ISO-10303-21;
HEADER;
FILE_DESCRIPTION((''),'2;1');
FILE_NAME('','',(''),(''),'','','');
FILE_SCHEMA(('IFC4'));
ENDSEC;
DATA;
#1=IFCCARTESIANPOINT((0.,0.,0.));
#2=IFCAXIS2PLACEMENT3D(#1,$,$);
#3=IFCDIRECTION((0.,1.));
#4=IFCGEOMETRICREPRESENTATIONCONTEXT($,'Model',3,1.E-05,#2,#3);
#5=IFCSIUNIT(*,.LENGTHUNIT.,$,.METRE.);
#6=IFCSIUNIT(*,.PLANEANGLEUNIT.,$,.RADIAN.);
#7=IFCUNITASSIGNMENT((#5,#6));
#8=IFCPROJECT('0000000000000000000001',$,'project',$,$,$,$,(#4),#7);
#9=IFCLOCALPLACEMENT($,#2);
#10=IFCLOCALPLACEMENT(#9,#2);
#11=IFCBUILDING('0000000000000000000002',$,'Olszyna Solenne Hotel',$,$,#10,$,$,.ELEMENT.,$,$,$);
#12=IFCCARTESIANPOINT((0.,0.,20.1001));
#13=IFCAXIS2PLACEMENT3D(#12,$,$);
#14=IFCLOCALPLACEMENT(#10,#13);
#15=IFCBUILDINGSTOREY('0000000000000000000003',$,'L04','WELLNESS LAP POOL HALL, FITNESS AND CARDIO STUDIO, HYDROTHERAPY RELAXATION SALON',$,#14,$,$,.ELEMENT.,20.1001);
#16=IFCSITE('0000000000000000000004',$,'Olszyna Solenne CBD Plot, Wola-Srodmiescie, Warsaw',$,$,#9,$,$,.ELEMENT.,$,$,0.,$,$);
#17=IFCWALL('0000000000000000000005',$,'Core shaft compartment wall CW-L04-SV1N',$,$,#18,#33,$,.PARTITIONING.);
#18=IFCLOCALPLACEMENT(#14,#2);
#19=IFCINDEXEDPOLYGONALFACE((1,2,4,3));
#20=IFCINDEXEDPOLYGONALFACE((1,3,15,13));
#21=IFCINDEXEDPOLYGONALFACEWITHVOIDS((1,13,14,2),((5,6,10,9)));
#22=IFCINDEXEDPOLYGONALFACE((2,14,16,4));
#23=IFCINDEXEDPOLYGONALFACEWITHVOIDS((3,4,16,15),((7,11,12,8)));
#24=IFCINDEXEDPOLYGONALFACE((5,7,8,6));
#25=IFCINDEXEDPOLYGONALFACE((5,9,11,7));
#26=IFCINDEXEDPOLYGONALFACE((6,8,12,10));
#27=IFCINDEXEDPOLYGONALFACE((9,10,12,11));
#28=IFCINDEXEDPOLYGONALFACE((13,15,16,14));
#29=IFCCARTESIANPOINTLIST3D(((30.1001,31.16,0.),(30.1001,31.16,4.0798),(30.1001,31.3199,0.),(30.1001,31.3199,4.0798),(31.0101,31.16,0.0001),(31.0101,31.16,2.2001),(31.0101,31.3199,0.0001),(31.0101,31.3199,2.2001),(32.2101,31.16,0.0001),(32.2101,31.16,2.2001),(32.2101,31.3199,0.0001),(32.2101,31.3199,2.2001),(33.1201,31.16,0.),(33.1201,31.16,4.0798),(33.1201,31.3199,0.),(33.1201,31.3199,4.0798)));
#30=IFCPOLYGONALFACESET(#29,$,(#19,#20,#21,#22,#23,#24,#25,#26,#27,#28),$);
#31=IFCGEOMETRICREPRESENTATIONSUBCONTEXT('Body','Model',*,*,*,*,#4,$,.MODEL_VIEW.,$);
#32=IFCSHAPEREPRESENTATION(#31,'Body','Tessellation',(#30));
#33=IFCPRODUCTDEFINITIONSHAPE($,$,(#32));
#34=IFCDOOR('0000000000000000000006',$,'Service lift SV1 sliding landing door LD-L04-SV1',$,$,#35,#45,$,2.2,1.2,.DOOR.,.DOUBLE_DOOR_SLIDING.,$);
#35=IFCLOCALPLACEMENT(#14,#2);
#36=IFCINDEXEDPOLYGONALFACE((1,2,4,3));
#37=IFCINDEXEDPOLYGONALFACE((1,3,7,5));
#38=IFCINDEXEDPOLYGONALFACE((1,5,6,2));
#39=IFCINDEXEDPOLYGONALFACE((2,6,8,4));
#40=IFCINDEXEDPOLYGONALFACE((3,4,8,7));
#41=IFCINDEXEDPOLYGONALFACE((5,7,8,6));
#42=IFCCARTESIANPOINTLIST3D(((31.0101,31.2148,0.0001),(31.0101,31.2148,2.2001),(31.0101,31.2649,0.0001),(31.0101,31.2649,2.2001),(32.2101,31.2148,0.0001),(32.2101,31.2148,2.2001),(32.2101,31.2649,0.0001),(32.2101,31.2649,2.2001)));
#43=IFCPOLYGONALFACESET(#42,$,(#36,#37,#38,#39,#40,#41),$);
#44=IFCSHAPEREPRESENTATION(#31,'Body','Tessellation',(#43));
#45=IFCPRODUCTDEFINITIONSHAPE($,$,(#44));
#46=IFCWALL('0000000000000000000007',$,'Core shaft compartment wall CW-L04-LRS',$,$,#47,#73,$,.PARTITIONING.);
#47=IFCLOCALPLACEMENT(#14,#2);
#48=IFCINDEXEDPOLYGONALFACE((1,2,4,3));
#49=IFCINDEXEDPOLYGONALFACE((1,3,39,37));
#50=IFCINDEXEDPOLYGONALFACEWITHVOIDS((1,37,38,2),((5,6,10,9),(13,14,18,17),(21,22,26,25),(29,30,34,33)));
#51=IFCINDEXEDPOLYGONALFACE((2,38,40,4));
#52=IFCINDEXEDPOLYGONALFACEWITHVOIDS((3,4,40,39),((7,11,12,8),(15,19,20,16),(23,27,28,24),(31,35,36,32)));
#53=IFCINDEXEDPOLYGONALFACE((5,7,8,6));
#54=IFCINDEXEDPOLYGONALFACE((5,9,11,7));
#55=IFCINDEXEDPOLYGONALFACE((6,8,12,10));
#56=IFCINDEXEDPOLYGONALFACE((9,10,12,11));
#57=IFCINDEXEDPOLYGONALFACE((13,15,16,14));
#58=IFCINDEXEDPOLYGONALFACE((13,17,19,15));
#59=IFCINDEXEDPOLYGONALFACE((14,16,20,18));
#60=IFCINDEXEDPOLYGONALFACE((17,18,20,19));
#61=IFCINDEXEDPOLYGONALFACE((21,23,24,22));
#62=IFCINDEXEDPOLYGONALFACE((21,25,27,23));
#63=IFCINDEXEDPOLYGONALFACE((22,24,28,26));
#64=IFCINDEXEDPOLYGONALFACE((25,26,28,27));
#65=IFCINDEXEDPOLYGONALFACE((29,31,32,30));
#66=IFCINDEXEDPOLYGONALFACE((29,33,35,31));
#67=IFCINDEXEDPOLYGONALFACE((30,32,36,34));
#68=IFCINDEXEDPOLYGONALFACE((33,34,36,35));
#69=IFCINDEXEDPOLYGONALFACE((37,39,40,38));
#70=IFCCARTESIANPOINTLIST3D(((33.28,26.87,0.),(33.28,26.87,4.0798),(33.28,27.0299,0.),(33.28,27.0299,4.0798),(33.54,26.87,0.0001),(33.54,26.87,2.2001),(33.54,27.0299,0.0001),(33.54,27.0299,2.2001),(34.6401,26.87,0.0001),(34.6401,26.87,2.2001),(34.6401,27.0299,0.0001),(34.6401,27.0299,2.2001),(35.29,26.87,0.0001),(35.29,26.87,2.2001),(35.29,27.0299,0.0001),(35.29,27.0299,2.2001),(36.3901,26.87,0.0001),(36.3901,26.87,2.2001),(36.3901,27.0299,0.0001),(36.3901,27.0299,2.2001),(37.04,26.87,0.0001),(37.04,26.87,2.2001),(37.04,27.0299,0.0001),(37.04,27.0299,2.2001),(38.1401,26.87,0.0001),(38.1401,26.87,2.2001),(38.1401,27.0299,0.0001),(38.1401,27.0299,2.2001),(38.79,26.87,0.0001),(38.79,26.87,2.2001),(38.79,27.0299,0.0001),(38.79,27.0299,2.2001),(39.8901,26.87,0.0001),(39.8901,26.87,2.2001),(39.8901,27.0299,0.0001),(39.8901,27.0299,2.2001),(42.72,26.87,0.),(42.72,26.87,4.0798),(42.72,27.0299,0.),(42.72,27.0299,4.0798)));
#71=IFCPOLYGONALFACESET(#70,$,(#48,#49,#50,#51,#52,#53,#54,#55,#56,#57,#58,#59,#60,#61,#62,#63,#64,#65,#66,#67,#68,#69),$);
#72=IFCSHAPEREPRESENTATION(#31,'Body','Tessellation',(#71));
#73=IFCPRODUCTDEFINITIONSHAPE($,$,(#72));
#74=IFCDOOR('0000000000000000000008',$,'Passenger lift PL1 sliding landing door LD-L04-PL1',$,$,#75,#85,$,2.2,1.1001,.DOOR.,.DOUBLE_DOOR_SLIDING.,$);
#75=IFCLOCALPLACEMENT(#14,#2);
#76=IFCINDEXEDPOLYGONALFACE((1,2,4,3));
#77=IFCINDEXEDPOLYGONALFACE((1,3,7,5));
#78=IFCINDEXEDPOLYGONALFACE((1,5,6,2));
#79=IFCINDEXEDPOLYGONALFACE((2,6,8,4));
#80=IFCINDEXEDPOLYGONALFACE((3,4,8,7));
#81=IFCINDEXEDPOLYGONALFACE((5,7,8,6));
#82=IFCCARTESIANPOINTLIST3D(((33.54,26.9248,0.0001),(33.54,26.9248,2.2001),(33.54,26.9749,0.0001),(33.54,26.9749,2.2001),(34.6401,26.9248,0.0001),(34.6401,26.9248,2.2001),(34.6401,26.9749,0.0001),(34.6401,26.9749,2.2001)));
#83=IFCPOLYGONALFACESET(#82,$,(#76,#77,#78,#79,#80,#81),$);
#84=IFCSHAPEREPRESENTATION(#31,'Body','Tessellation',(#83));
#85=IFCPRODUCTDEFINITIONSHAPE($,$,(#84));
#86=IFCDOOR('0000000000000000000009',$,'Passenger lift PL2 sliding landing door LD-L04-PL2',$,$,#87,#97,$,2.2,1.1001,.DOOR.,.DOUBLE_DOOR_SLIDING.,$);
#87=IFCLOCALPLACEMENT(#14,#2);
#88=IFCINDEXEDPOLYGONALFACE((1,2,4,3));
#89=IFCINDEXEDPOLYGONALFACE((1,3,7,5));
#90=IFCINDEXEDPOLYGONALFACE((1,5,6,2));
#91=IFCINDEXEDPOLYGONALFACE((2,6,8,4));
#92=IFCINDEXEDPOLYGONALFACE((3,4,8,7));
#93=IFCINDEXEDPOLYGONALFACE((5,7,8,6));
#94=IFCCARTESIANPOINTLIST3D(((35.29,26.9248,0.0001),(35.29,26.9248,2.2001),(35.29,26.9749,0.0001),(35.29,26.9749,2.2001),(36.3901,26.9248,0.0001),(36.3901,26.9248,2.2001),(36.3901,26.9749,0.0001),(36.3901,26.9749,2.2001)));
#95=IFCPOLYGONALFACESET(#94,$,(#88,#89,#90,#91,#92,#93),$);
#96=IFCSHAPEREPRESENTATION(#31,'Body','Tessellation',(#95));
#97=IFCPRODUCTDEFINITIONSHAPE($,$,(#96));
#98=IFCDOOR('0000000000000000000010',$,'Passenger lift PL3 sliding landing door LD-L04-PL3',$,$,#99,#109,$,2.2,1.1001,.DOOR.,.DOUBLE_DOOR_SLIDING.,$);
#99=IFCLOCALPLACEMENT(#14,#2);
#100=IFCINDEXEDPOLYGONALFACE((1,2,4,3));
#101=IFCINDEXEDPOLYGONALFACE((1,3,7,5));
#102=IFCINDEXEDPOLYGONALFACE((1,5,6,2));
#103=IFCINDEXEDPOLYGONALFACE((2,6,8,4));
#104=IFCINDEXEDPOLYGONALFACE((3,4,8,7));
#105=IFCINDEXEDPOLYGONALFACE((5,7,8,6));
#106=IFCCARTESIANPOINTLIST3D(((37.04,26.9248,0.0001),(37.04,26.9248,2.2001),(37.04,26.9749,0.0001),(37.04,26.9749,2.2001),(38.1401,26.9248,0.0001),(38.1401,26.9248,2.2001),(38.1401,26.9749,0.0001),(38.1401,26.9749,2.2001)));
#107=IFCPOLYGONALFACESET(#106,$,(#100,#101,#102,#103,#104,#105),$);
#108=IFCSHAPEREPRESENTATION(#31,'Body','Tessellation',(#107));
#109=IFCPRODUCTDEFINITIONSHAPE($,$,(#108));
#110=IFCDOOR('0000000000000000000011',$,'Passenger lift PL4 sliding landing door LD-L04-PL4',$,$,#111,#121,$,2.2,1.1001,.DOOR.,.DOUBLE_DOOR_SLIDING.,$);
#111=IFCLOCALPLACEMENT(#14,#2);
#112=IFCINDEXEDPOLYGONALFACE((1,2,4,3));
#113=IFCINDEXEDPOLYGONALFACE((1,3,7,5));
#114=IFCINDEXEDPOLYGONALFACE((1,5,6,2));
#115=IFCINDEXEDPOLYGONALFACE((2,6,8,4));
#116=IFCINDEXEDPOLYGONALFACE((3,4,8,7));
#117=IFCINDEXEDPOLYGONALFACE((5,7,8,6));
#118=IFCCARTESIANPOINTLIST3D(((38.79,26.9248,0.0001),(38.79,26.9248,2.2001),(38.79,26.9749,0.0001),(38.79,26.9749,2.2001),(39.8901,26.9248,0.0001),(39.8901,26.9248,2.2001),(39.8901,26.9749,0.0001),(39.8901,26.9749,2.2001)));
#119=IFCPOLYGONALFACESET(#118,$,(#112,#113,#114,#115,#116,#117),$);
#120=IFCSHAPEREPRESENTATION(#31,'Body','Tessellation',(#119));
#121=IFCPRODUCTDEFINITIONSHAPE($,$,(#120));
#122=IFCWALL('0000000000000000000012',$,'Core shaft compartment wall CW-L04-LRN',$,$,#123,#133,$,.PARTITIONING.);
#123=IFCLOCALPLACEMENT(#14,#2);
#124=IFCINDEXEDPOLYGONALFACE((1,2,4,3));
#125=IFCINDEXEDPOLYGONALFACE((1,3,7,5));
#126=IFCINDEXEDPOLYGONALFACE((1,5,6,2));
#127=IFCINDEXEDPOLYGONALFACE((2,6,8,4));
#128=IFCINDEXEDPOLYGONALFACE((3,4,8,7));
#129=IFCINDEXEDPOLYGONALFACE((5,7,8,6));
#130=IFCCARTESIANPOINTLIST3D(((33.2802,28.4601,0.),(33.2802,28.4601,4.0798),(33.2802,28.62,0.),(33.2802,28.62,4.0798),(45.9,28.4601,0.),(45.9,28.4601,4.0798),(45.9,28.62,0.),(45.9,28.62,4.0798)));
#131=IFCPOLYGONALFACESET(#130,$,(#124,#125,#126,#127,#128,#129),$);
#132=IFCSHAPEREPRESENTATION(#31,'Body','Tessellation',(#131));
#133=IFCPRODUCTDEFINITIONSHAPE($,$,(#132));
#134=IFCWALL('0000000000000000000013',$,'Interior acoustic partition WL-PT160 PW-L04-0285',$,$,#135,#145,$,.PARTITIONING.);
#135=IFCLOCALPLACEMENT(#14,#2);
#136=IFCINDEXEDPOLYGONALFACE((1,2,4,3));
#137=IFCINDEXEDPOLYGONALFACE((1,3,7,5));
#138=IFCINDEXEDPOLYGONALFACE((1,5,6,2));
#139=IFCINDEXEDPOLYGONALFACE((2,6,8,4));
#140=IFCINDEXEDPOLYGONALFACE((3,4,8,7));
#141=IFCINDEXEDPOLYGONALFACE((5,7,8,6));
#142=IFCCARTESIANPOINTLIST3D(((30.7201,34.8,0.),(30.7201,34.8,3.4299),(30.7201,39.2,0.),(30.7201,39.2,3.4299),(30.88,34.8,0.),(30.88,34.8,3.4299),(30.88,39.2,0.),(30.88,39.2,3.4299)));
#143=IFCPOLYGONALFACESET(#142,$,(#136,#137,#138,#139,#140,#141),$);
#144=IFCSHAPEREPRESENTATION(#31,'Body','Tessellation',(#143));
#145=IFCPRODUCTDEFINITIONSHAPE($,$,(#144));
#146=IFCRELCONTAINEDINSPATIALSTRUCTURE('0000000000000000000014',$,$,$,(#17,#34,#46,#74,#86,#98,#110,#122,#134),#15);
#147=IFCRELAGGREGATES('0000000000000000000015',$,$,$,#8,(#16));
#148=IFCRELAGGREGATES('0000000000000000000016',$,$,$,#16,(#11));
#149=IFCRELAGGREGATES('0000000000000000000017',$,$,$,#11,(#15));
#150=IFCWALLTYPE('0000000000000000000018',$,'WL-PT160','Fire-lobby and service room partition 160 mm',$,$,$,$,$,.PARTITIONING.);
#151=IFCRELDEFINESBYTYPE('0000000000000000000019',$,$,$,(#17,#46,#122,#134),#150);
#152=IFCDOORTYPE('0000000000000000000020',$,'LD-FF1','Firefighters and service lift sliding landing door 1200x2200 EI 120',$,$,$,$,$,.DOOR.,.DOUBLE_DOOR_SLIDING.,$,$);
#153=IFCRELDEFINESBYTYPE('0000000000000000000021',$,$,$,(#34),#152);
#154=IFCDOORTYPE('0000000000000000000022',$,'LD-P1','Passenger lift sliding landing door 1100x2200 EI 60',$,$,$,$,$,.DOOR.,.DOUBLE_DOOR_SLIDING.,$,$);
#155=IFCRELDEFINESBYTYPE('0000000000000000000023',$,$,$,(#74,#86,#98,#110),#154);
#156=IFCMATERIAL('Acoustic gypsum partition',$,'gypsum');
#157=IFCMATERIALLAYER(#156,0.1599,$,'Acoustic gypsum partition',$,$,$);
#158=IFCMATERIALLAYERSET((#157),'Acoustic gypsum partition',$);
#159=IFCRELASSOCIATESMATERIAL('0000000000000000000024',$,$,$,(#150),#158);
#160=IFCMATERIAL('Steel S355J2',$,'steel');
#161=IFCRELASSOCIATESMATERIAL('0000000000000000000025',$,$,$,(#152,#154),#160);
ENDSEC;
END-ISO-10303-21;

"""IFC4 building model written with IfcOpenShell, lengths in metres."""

from ifc_helpers import new_model, si_unit, direction, frame, frame_2d, origin, place, context, subcontext, project, spatial, rectangle, extrude, source, transform, mapped, material, layer, layer_set, type_object, type_shapes, element, fill, save


model = new_model("IFC4")

# Units and contexts
model_context = context("Model", 3, precision=1e-05, world=origin(), true_north=direction((0.0, 1.0)))
body_context = subcontext(model_context, "Body", "Model", "MODEL_VIEW")
ifc_project = project(units=[si_unit("LENGTHUNIT", "METRE"), si_unit("PLANEANGLEUNIT", "RADIAN")], contexts=[model_context])

# Site, building, storey
site_placement = place(None, origin())
site = spatial("IfcSite", under=ifc_project, at=site_placement, Name="Olszyna Solenne CBD Plot, Wola-Srodmiescie, Warsaw", CompositionType="ELEMENT", RefElevation=0.0)
building_placement = place(site_placement, origin())
building = spatial("IfcBuilding", under=site, at=building_placement, Name="Olszyna Solenne Hotel", CompositionType="ELEMENT")
storey_placement = place(building_placement, frame((0.0, 0.0, 20.1001)))
storey = spatial("IfcBuildingStorey", under=building, at=storey_placement, Name="L04", Description="WELLNESS LAP POOL HALL, FITNESS AND CARDIO STUDIO, HYDROTHERAPY RELAXATION SALON", CompositionType="ELEMENT", Elevation=20.1001)

# Shared definitions
ifc_material_1 = material(Name="Steel S355J2", Category="steel")

# Shared definitions
ifc_material_2 = material(Name="Acoustic gypsum partition", Category="gypsum")
ifc_layer_1 = layer(ifc_material_2, 0.1599, Name="Acoustic gypsum partition")
ifc_layer_set_1 = layer_set([ifc_layer_1], Name="Acoustic gypsum partition")
wall_type_1 = type_object("IfcWallType", Name="WL-PT160", Description="Fire-lobby and service room partition 160 mm", PredefinedType="PARTITIONING", material=ifc_layer_set_1)

# Wall, opening, door
wall_1_placement = place(storey_placement, frame((30.1001, 31.24, 0.0), z_axis=(0.0, 0.0, 1.0), x_axis=(1.0, 0.0, 0.0)))
wall_1 = element("IfcWall", 1, at=wall_1_placement, inside=storey, type_object=wall_type_1, Name="Core shaft compartment wall CW-L04-SV1N", PredefinedType="PARTITIONING", context=body_context, shape_type="SweptSolid", body=[
    extrude(rectangle(XDim=3.02, YDim=0.1599, at=frame_2d((1.51, 0.0))), origin(), (0.0, 0.0, 1.0), 4.0798),
])
opening_1_placement = place(wall_1_placement, frame((0.9099, 0.0, 0.0)))
opening_1 = element("IfcOpeningElement", 2, at=opening_1_placement, cuts=wall_1, PredefinedType="OPENING", context=body_context, shape_type="SweptSolid", body=[
    extrude(rectangle(XDim=1.2, YDim=2.2, at=frame_2d((0.6001, 1.1001))), frame((0.0, 0.0898, 0.0), z_axis=(0.0, -1.0, 0.0), x_axis=(1.0, 0.0, 0.0)), (0.0, 0.0, 1.0), 0.1799),
])
door_type_1 = type_object("IfcDoorType", Name="LD-FF1", Description="Firefighters and service lift sliding landing door 1200x2200 EI 120", OperationType="DOUBLE_DOOR_SLIDING", PredefinedType="DOOR", material=ifc_material_1)
shared_shape_1 = source(origin(), body_context, "Body", "SweptSolid", [
    extrude(rectangle(XDim=1.2, YDim=2.2, at=frame_2d((0.6001, 1.1001))), frame((0.0, 0.0249, 0.0), z_axis=(0.0, -1.0, 0.0), x_axis=(1.0, 0.0, 0.0)), (0.0, 0.0, 1.0), 0.05),
])
type_shapes(door_type_1, [shared_shape_1])
door_1_placement = place(opening_1_placement, origin())
door_1 = element("IfcDoor", 3, at=door_1_placement, inside=storey, type_object=door_type_1, Name="Service lift SV1 sliding landing door LD-L04-SV1", OperationType="DOUBLE_DOOR_SLIDING", OverallHeight=2.2, OverallWidth=1.2, PredefinedType="DOOR", context=body_context, shape_type="MappedRepresentation", body=[
    mapped(shared_shape_1, transform((0.0, 0.0, 0.0), x_axis=(1.0, 0.0, 0.0), y_axis=(0.0, 1.0, 0.0), z_axis=(0.0, 0.0, 1.0), scale=1.0)),
])
fill(opening_1, door_1)

# Wall, openings, doors
wall_2_placement = place(storey_placement, frame((33.28, 26.95, 0.0), z_axis=(0.0, 0.0, 1.0), x_axis=(1.0, 0.0, 0.0)))
wall_2 = element("IfcWall", 4, at=wall_2_placement, inside=storey, type_object=wall_type_1, Name="Core shaft compartment wall CW-L04-LRS", PredefinedType="PARTITIONING", context=body_context, shape_type="SweptSolid", body=[
    extrude(rectangle(XDim=9.4399, YDim=0.1599, at=frame_2d((4.72, 0.0))), origin(), (0.0, 0.0, 1.0), 4.0798),
])
opening_2_placement = place(wall_2_placement, frame((0.26, 0.0, 0.0)))
opening_2 = element("IfcOpeningElement", 5, at=opening_2_placement, cuts=wall_2, PredefinedType="OPENING", context=body_context, shape_type="SweptSolid", body=[
    extrude(rectangle(XDim=1.1001, YDim=2.2, at=frame_2d((0.55, 1.1001))), frame((0.0, 0.0898, 0.0), z_axis=(0.0, -1.0, 0.0), x_axis=(1.0, 0.0, 0.0)), (0.0, 0.0, 1.0), 0.1799),
])
opening_3_placement = place(wall_2_placement, frame((2.01, 0.0, 0.0)))
opening_3 = element("IfcOpeningElement", 6, at=opening_3_placement, cuts=wall_2, PredefinedType="OPENING", context=body_context, shape_type="SweptSolid", body=[
    extrude(rectangle(XDim=1.1001, YDim=2.2, at=frame_2d((0.55, 1.1001))), frame((0.0, 0.0898, 0.0), z_axis=(0.0, -1.0, 0.0), x_axis=(1.0, 0.0, 0.0)), (0.0, 0.0, 1.0), 0.1799),
])
opening_4_placement = place(wall_2_placement, frame((3.76, 0.0, 0.0)))
opening_4 = element("IfcOpeningElement", 7, at=opening_4_placement, cuts=wall_2, PredefinedType="OPENING", context=body_context, shape_type="SweptSolid", body=[
    extrude(rectangle(XDim=1.1001, YDim=2.2, at=frame_2d((0.55, 1.1001))), frame((0.0, 0.0898, 0.0), z_axis=(0.0, -1.0, 0.0), x_axis=(1.0, 0.0, 0.0)), (0.0, 0.0, 1.0), 0.1799),
])
opening_5_placement = place(wall_2_placement, frame((5.51, 0.0, 0.0)))
opening_5 = element("IfcOpeningElement", 8, at=opening_5_placement, cuts=wall_2, PredefinedType="OPENING", context=body_context, shape_type="SweptSolid", body=[
    extrude(rectangle(XDim=1.1001, YDim=2.2, at=frame_2d((0.55, 1.1001))), frame((0.0, 0.0898, 0.0), z_axis=(0.0, -1.0, 0.0), x_axis=(1.0, 0.0, 0.0)), (0.0, 0.0, 1.0), 0.1799),
])
door_type_2 = type_object("IfcDoorType", Name="LD-P1", Description="Passenger lift sliding landing door 1100x2200 EI 60", OperationType="DOUBLE_DOOR_SLIDING", PredefinedType="DOOR", material=ifc_material_1)
shared_shape_2 = source(origin(), body_context, "Body", "SweptSolid", [
    extrude(rectangle(XDim=1.1001, YDim=2.2, at=frame_2d((0.55, 1.1001))), frame((0.0, 0.0249, 0.0), z_axis=(0.0, -1.0, 0.0), x_axis=(1.0, 0.0, 0.0)), (0.0, 0.0, 1.0), 0.05),
])
type_shapes(door_type_2, [shared_shape_2])
door_2_placement = place(opening_2_placement, origin())
door_2 = element("IfcDoor", 9, at=door_2_placement, inside=storey, type_object=door_type_2, Name="Passenger lift PL1 sliding landing door LD-L04-PL1", OperationType="DOUBLE_DOOR_SLIDING", OverallHeight=2.2, OverallWidth=1.1001, PredefinedType="DOOR", context=body_context, shape_type="MappedRepresentation", body=[
    mapped(shared_shape_2, transform((0.0, 0.0, 0.0), x_axis=(1.0, 0.0, 0.0), y_axis=(0.0, 1.0, 0.0), z_axis=(0.0, 0.0, 1.0), scale=1.0)),
])
fill(opening_2, door_2)
door_3_placement = place(opening_3_placement, origin())
door_3 = element("IfcDoor", 10, at=door_3_placement, inside=storey, type_object=door_type_2, Name="Passenger lift PL2 sliding landing door LD-L04-PL2", OperationType="DOUBLE_DOOR_SLIDING", OverallHeight=2.2, OverallWidth=1.1001, PredefinedType="DOOR", context=body_context, shape_type="MappedRepresentation", body=[
    mapped(shared_shape_2, transform((0.0, 0.0, 0.0), x_axis=(1.0, 0.0, 0.0), y_axis=(0.0, 1.0, 0.0), z_axis=(0.0, 0.0, 1.0), scale=1.0)),
])
fill(opening_3, door_3)
door_4_placement = place(opening_4_placement, origin())
door_4 = element("IfcDoor", 11, at=door_4_placement, inside=storey, type_object=door_type_2, Name="Passenger lift PL3 sliding landing door LD-L04-PL3", OperationType="DOUBLE_DOOR_SLIDING", OverallHeight=2.2, OverallWidth=1.1001, PredefinedType="DOOR", context=body_context, shape_type="MappedRepresentation", body=[
    mapped(shared_shape_2, transform((0.0, 0.0, 0.0), x_axis=(1.0, 0.0, 0.0), y_axis=(0.0, 1.0, 0.0), z_axis=(0.0, 0.0, 1.0), scale=1.0)),
])
fill(opening_4, door_4)
door_5_placement = place(opening_5_placement, origin())
door_5 = element("IfcDoor", 12, at=door_5_placement, inside=storey, type_object=door_type_2, Name="Passenger lift PL4 sliding landing door LD-L04-PL4", OperationType="DOUBLE_DOOR_SLIDING", OverallHeight=2.2, OverallWidth=1.1001, PredefinedType="DOOR", context=body_context, shape_type="MappedRepresentation", body=[
    mapped(shared_shape_2, transform((0.0, 0.0, 0.0), x_axis=(1.0, 0.0, 0.0), y_axis=(0.0, 1.0, 0.0), z_axis=(0.0, 0.0, 1.0), scale=1.0)),
])
fill(opening_5, door_5)

# Walls
wall_3_placement = place(storey_placement, frame((33.28, 28.54, 0.0), z_axis=(0.0, 0.0, 1.0), x_axis=(1.0, 0.0, 0.0)))
element("IfcWall", 13, at=wall_3_placement, inside=storey, type_object=wall_type_1, Name="Core shaft compartment wall CW-L04-LRN", PredefinedType="PARTITIONING", context=body_context, shape_type="SweptSolid", body=[
    extrude(rectangle(XDim=12.6199, YDim=0.1599, at=frame_2d((6.3101, 0.0))), origin(), (0.0, 0.0, 1.0), 4.0798),
])
wall_4_placement = place(storey_placement, frame((30.8, 34.8, 0.0), z_axis=(0.0, 0.0, 1.0), x_axis=(0.0, 1.0, 0.0)))
element("IfcWall", 14, at=wall_4_placement, inside=storey, type_object=wall_type_1, Name="Interior acoustic partition WL-PT160 PW-L04-0285", PredefinedType="PARTITIONING", context=body_context, shape_type="SweptSolid", body=[
    extrude(rectangle(XDim=4.3999, YDim=0.1599, at=frame_2d((2.2, 0.0))), origin(), (0.0, 0.0, 1.0), 3.4299),
])

save(model, "model.ifc")
